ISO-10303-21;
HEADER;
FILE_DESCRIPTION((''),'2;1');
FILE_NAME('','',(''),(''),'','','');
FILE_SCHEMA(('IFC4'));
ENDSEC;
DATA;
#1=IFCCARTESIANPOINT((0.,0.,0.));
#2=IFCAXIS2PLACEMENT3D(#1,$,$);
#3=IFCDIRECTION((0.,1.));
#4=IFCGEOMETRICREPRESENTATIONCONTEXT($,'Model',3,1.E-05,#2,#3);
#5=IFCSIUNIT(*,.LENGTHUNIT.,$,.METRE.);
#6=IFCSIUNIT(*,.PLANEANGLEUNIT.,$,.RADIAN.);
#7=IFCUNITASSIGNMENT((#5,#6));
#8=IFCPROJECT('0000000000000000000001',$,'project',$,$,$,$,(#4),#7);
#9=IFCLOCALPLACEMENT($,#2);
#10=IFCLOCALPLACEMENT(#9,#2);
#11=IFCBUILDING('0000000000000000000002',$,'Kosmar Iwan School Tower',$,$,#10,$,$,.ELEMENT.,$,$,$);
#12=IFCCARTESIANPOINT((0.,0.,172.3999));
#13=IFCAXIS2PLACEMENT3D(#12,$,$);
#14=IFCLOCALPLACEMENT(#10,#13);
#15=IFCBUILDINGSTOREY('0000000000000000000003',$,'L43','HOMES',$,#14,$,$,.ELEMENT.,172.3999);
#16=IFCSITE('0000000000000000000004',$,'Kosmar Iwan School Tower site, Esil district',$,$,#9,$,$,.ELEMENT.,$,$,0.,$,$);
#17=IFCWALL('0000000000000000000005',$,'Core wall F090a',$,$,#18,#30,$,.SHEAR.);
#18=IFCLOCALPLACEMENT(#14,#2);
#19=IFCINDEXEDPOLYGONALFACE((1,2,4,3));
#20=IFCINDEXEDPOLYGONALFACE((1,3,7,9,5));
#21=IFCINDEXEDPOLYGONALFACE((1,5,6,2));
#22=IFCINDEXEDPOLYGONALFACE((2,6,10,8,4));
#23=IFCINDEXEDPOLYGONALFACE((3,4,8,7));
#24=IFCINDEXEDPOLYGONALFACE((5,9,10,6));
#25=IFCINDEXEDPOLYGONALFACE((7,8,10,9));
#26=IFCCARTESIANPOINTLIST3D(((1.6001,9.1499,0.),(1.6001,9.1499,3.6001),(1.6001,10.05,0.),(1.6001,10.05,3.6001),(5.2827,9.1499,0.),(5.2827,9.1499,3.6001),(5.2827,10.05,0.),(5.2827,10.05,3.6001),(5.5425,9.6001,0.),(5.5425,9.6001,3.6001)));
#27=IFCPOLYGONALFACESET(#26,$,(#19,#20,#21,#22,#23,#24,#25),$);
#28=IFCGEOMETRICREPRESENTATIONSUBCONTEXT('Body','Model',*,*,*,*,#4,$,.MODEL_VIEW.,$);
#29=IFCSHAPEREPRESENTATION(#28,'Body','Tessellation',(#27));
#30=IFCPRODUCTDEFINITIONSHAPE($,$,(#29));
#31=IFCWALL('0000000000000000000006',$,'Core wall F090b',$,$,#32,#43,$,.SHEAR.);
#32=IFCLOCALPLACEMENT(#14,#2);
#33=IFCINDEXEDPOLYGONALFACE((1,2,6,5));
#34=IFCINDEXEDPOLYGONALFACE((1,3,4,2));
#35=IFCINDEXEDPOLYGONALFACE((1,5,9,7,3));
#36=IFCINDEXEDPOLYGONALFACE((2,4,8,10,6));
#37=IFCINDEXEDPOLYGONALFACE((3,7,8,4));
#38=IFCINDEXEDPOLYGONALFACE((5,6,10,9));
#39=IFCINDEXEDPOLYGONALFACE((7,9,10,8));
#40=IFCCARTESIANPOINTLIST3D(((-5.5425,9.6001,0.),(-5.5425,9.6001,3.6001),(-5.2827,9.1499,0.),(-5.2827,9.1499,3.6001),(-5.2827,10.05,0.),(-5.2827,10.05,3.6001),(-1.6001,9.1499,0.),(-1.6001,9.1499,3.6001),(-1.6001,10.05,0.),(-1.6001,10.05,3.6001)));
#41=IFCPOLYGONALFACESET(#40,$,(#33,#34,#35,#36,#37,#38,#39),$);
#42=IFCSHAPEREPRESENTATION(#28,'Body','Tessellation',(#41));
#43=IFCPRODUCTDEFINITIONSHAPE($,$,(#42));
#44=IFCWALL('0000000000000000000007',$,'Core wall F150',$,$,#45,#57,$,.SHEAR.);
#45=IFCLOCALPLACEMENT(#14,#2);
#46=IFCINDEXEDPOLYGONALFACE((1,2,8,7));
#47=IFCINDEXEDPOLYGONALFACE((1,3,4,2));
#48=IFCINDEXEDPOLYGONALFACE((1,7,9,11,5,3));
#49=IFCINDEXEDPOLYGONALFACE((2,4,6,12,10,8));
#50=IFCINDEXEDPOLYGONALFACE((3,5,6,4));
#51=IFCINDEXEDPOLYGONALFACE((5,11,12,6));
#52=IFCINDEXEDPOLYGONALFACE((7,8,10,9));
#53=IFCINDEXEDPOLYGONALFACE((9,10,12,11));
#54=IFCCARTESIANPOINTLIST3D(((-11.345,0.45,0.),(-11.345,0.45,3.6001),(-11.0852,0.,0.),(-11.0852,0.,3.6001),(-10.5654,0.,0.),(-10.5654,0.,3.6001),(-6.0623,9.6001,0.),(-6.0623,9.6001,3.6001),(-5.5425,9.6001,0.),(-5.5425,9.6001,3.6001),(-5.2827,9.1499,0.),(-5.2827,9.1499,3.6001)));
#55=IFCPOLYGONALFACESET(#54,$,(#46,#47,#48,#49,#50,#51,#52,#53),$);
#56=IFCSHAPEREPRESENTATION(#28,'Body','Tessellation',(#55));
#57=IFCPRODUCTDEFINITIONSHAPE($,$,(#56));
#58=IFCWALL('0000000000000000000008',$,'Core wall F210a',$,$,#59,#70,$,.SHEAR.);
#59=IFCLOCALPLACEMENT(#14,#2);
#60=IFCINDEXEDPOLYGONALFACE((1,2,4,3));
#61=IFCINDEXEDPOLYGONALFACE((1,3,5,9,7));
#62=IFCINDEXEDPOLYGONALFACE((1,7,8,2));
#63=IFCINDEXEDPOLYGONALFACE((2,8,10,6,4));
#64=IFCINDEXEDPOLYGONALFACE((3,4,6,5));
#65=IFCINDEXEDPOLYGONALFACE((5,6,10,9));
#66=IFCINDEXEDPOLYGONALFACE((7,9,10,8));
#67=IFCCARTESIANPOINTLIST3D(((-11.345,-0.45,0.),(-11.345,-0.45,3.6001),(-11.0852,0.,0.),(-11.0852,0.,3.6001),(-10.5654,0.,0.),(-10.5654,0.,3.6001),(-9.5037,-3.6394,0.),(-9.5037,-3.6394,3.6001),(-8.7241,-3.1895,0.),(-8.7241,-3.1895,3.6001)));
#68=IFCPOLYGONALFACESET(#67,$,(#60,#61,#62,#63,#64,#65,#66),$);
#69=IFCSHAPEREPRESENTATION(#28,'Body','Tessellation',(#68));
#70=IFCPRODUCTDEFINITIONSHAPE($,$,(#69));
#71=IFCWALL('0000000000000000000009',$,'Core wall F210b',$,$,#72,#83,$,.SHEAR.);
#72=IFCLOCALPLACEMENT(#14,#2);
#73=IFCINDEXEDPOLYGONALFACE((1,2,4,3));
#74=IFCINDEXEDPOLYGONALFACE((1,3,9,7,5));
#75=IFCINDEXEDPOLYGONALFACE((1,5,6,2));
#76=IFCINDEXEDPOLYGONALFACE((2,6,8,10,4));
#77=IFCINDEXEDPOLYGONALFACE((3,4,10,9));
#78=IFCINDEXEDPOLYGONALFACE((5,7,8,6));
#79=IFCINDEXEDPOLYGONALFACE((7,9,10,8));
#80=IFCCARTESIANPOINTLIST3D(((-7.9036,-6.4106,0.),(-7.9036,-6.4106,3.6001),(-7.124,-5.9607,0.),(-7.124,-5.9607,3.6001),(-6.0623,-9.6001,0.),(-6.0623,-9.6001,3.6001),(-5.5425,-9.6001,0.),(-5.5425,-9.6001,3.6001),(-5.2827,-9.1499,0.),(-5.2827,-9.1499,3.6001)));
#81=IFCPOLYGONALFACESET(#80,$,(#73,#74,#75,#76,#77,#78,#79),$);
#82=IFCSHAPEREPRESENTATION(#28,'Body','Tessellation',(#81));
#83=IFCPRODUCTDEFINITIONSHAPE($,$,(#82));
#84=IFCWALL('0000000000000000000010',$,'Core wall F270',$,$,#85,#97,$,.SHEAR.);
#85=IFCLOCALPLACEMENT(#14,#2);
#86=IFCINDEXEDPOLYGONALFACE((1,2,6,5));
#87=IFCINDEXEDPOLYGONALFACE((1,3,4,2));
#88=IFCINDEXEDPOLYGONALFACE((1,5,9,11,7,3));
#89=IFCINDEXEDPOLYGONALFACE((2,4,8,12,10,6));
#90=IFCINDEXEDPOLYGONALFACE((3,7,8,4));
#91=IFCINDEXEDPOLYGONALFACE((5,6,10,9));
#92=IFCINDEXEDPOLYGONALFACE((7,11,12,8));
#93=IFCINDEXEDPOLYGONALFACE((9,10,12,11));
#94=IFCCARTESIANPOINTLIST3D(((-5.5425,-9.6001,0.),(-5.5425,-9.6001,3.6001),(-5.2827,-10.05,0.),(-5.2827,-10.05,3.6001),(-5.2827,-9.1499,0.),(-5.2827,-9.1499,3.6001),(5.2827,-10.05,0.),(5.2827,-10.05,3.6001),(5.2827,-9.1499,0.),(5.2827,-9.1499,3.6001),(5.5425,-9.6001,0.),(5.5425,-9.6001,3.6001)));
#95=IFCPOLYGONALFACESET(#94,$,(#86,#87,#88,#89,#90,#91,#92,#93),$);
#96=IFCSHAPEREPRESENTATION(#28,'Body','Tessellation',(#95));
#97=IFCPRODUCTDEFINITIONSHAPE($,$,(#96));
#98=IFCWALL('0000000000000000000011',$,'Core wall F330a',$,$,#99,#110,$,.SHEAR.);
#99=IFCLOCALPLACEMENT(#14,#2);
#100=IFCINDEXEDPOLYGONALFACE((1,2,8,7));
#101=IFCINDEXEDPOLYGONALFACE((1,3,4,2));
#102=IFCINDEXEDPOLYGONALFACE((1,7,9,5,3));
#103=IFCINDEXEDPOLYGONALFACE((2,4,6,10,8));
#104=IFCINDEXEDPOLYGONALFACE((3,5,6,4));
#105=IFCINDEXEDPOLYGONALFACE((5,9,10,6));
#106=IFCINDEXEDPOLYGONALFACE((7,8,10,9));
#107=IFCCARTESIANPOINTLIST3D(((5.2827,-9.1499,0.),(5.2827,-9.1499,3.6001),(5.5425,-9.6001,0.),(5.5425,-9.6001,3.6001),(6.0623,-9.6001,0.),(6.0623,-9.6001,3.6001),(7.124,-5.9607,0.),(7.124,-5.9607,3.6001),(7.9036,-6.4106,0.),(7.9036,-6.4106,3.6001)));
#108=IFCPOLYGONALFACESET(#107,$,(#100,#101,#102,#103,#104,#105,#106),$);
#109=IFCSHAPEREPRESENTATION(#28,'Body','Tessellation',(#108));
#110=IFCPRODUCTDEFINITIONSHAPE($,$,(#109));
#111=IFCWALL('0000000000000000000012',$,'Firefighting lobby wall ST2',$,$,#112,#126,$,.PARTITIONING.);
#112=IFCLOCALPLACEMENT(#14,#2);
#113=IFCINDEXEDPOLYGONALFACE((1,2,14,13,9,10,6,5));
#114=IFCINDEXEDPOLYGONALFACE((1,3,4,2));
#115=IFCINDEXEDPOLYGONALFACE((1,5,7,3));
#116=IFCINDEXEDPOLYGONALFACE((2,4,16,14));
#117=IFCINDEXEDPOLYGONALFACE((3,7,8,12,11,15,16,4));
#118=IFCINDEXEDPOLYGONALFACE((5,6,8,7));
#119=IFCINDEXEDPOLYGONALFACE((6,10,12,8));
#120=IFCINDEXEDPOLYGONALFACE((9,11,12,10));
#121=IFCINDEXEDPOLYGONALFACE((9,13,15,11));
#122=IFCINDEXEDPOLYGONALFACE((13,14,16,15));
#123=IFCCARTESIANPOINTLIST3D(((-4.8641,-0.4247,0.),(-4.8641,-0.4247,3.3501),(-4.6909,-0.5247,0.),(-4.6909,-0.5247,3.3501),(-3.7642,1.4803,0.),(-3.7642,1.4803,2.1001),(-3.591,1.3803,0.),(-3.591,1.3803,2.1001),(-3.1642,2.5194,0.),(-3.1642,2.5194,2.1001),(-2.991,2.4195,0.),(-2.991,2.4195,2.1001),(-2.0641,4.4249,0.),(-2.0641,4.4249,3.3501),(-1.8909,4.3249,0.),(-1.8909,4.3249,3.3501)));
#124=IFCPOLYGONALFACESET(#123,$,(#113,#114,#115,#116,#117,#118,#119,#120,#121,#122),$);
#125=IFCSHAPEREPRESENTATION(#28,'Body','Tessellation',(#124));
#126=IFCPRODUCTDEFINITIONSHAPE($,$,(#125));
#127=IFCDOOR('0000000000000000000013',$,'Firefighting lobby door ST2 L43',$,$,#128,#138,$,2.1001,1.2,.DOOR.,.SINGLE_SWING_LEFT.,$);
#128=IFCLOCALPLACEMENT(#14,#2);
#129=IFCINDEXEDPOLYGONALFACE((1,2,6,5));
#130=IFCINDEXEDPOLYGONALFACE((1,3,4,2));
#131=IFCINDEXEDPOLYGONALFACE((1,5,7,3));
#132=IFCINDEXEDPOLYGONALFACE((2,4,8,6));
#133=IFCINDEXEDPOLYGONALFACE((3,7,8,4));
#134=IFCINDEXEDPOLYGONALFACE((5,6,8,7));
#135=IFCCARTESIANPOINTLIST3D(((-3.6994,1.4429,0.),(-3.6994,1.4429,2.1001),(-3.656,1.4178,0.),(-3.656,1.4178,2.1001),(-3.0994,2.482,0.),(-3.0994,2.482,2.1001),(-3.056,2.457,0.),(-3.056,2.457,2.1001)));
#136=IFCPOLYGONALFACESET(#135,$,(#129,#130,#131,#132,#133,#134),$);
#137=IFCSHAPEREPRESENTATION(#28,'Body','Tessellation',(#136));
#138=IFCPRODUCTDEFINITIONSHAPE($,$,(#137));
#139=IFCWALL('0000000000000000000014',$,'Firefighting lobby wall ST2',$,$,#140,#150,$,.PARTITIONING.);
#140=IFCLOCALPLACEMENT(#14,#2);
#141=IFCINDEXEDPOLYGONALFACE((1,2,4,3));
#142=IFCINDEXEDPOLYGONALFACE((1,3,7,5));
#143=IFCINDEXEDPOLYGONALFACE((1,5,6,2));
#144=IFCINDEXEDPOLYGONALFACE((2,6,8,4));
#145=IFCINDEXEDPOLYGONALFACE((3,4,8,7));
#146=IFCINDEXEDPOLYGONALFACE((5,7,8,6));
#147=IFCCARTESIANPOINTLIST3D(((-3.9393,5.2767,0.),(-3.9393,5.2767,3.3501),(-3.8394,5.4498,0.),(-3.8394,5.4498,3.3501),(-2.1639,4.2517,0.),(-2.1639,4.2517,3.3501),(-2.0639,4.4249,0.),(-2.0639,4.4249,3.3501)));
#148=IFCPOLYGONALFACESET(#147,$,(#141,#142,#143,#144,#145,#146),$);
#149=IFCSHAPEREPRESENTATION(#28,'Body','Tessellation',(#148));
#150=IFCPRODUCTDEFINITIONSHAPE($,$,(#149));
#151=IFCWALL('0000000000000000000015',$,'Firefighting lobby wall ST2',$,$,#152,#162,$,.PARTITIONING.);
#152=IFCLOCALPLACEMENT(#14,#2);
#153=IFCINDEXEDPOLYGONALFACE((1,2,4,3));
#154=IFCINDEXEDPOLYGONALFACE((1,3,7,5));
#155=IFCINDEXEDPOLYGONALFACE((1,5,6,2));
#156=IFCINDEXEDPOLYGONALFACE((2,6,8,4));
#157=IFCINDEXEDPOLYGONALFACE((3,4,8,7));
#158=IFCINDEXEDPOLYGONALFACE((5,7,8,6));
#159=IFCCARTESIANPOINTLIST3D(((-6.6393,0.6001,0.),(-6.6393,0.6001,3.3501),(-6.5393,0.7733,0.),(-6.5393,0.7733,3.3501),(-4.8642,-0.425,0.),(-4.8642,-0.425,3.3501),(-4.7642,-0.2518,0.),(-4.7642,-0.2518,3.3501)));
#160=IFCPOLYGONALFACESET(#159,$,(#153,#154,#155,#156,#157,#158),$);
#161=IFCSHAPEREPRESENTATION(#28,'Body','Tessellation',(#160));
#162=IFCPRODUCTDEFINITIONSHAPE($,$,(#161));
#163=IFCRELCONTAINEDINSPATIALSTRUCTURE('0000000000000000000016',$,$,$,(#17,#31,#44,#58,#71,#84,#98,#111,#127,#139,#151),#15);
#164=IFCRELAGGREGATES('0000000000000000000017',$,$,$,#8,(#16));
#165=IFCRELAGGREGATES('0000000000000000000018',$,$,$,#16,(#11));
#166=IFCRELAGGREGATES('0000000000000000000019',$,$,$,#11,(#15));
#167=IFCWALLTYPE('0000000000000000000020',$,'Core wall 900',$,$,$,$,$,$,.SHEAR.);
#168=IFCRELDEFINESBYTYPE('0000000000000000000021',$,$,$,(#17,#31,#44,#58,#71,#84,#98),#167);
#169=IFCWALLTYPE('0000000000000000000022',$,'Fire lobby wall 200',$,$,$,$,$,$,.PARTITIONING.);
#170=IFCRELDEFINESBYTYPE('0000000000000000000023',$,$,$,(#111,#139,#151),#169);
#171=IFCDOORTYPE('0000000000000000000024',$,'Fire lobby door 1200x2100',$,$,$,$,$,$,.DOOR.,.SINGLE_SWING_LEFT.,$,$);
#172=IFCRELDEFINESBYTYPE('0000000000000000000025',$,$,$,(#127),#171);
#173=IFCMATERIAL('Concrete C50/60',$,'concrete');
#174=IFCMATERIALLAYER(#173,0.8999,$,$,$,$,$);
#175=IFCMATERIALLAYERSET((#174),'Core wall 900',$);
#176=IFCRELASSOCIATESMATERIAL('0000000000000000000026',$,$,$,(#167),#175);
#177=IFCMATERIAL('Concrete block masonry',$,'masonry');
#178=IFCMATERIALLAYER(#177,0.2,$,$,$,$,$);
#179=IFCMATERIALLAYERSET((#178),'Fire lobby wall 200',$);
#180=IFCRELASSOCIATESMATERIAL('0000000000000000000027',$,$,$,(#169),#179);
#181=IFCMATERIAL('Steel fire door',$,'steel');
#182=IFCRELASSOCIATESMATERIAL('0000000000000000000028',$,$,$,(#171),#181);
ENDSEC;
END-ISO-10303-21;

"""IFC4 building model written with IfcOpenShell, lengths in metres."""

from ifc_helpers import new_model, si_unit, direction, frame, frame_2d, origin, place, context, subcontext, project, spatial, polyline, rectangle, outline, extrude, material, layer, layer_set, type_object, element, fill, save


model = new_model("IFC4")

# Units and contexts
model_context = context("Model", 3, precision=1e-05, world=origin(), true_north=direction((0.0, 1.0)))
body_context = subcontext(model_context, "Body", "Model", "MODEL_VIEW")
ifc_project = project(units=[si_unit("LENGTHUNIT", "METRE"), si_unit("PLANEANGLEUNIT", "RADIAN")], contexts=[model_context])

# Site, building, storey
site_placement = place(None, origin())
site = spatial("IfcSite", under=ifc_project, at=site_placement, Name="Kosmar Iwan School Tower site, Esil district", CompositionType="ELEMENT", RefElevation=0.0)
building_placement = place(site_placement, origin())
building = spatial("IfcBuilding", under=site, at=building_placement, Name="Kosmar Iwan School Tower", CompositionType="ELEMENT")
storey_placement = place(building_placement, frame((0.0, 0.0, 172.3999)))
storey = spatial("IfcBuildingStorey", under=building, at=storey_placement, Name="L43", Description="HOMES", CompositionType="ELEMENT", Elevation=172.3999)

# Walls
ifc_material_1 = material(Name="Concrete C50/60", Category="concrete")
ifc_layer_1 = layer(ifc_material_1, 0.8999)
ifc_layer_set_1 = layer_set([ifc_layer_1], Name="Core wall 900")
wall_type_1 = type_object("IfcWallType", Name="Core wall 900", PredefinedType="SHEAR", material=ifc_layer_set_1)
wall_1_placement = place(storey_placement, origin())
element("IfcWall", 1, at=wall_1_placement, inside=storey, type_object=wall_type_1, Name="Core wall F090a", PredefinedType="SHEAR", context=body_context, shape_type="SweptSolid", body=[
    extrude(outline(polyline([(1.6001, 9.1499), (5.2827, 9.1499), (5.5425, 9.6001), (5.2827, 10.05), (1.6001, 10.05), (1.6001, 9.1499)])), origin(), (0.0, 0.0, 1.0), 3.6001),
])
wall_2_placement = place(storey_placement, origin())
element("IfcWall", 2, at=wall_2_placement, inside=storey, type_object=wall_type_1, Name="Core wall F090b", PredefinedType="SHEAR", context=body_context, shape_type="SweptSolid", body=[
    extrude(outline(polyline([(-5.2827, 9.1499), (-1.6001, 9.1499), (-1.6001, 10.05), (-5.2827, 10.05), (-5.5425, 9.6001), (-5.2827, 9.1499)])), origin(), (0.0, 0.0, 1.0), 3.6001),
])
wall_3_placement = place(storey_placement, origin())
element("IfcWall", 3, at=wall_3_placement, inside=storey, type_object=wall_type_1, Name="Core wall F150", PredefinedType="SHEAR", context=body_context, shape_type="SweptSolid", body=[
    extrude(outline(polyline([(-11.0852, 0.0), (-10.5654, 0.0), (-5.2827, 9.1499), (-5.5425, 9.6001), (-6.0623, 9.6001), (-11.345, 0.45), (-11.0852, 0.0)])), origin(), (0.0, 0.0, 1.0), 3.6001),
])
wall_4_placement = place(storey_placement, origin())
element("IfcWall", 4, at=wall_4_placement, inside=storey, type_object=wall_type_1, Name="Core wall F210a", PredefinedType="SHEAR", context=body_context, shape_type="SweptSolid", body=[
    extrude(outline(polyline([(-9.5037, -3.6394), (-8.7241, -3.1895), (-10.5654, 0.0), (-11.0852, 0.0), (-11.345, -0.45), (-9.5037, -3.6394)])), origin(), (0.0, 0.0, 1.0), 3.6001),
])
wall_5_placement = place(storey_placement, origin())
element("IfcWall", 5, at=wall_5_placement, inside=storey, type_object=wall_type_1, Name="Core wall F210b", PredefinedType="SHEAR", context=body_context, shape_type="SweptSolid", body=[
    extrude(outline(polyline([(-6.0623, -9.6001), (-5.5425, -9.6001), (-5.2827, -9.1499), (-7.124, -5.9607), (-7.9036, -6.4106), (-6.0623, -9.6001)])), origin(), (0.0, 0.0, 1.0), 3.6001),
])
wall_6_placement = place(storey_placement, origin())
element("IfcWall", 6, at=wall_6_placement, inside=storey, type_object=wall_type_1, Name="Core wall F270", PredefinedType="SHEAR", context=body_context, shape_type="SweptSolid", body=[
    extrude(outline(polyline([(-5.2827, -10.05), (5.2827, -10.05), (5.5425, -9.6001), (5.2827, -9.1499), (-5.2827, -9.1499), (-5.5425, -9.6001), (-5.2827, -10.05)])), origin(), (0.0, 0.0, 1.0), 3.6001),
])
wall_7_placement = place(storey_placement, origin())
element("IfcWall", 7, at=wall_7_placement, inside=storey, type_object=wall_type_1, Name="Core wall F330a", PredefinedType="SHEAR", context=body_context, shape_type="SweptSolid", body=[
    extrude(outline(polyline([(5.5425, -9.6001), (6.0623, -9.6001), (7.9036, -6.4106), (7.124, -5.9607), (5.2827, -9.1499), (5.5425, -9.6001)])), origin(), (0.0, 0.0, 1.0), 3.6001),
])

# Wall, opening, door
ifc_material_2 = material(Name="Concrete block masonry", Category="masonry")
ifc_layer_2 = layer(ifc_material_2, 0.2)
ifc_layer_set_2 = layer_set([ifc_layer_2], Name="Fire lobby wall 200")
wall_type_2 = type_object("IfcWallType", Name="Fire lobby wall 200", PredefinedType="PARTITIONING", material=ifc_layer_set_2)
wall_8_placement = place(storey_placement, frame((-1.9775, 4.3748, 0.0), z_axis=(0.0, 0.0, 1.0), x_axis=(-0.500017, -0.866016, 0.0)))
wall_8 = element("IfcWall", 8, at=wall_8_placement, inside=storey, type_object=wall_type_2, Name="Firefighting lobby wall ST2", PredefinedType="PARTITIONING", context=body_context, shape_type="SweptSolid", body=[
    extrude(rectangle(XDim=5.5999, YDim=0.2, at=frame_2d((2.7998, 0.0))), origin(), (0.0, 0.0, 1.0), 3.3501),
])
opening_1_placement = place(wall_8_placement, frame((2.2, 0.0, 0.0)))
opening_1 = element("IfcOpeningElement", 9, at=opening_1_placement, cuts=wall_8, PredefinedType="OPENING", context=body_context, shape_type="SweptSolid", body=[
    extrude(rectangle(XDim=1.2, YDim=2.1001, at=frame_2d((0.6001, 1.05))), frame((0.0, 0.1121, 0.0), z_axis=(0.0, -1.0, 0.0), x_axis=(1.0, 0.0, 0.0)), (0.0, 0.0, 1.0), 0.2239),
])
ifc_material_3 = material(Name="Steel fire door", Category="steel")
door_type_1 = type_object("IfcDoorType", Name="Fire lobby door 1200x2100", OperationType="SINGLE_SWING_LEFT", PredefinedType="DOOR", material=ifc_material_3)
door_1_placement = place(opening_1_placement, origin())
door_1 = element("IfcDoor", 10, at=door_1_placement, inside=storey, type_object=door_type_1, Name="Firefighting lobby door ST2 L43", OperationType="SINGLE_SWING_LEFT", OverallHeight=2.1001, OverallWidth=1.2, PredefinedType="DOOR", context=body_context, shape_type="SweptSolid", body=[
    extrude(rectangle(XDim=1.2, YDim=2.1001, at=frame_2d((0.6001, 1.05))), frame((0.0, 0.0249, 0.0), z_axis=(0.0, -1.0, 0.0), x_axis=(1.0, 0.0, 0.0)), (0.0, 0.0, 1.0), 0.05),
])
fill(opening_1, door_1)

# Walls
wall_9_placement = place(storey_placement, frame((-2.114, 4.3384, 0.0), z_axis=(0.0, 0.0, 1.0), x_axis=(-0.866051, 0.499956, 0.0)))
element("IfcWall", 11, at=wall_9_placement, inside=storey, type_object=wall_type_2, Name="Firefighting lobby wall ST2", PredefinedType="PARTITIONING", context=body_context, shape_type="SweptSolid", body=[
    extrude(rectangle(XDim=2.05, YDim=0.2, at=frame_2d((1.0249, 0.0))), origin(), (0.0, 0.0, 1.0), 3.3501),
])
wall_10_placement = place(storey_placement, frame((-4.8142, -0.3384, 0.0), z_axis=(0.0, 0.0, 1.0), x_axis=(-0.865969, 0.500097, 0.0)))
element("IfcWall", 12, at=wall_10_placement, inside=storey, type_object=wall_type_2, Name="Firefighting lobby wall ST2", PredefinedType="PARTITIONING", context=body_context, shape_type="SweptSolid", body=[
    extrude(rectangle(XDim=2.0498, YDim=0.2, at=frame_2d((1.0249, 0.0))), origin(), (0.0, 0.0, 1.0), 3.3501),
])

save(model, "model.ifc")
